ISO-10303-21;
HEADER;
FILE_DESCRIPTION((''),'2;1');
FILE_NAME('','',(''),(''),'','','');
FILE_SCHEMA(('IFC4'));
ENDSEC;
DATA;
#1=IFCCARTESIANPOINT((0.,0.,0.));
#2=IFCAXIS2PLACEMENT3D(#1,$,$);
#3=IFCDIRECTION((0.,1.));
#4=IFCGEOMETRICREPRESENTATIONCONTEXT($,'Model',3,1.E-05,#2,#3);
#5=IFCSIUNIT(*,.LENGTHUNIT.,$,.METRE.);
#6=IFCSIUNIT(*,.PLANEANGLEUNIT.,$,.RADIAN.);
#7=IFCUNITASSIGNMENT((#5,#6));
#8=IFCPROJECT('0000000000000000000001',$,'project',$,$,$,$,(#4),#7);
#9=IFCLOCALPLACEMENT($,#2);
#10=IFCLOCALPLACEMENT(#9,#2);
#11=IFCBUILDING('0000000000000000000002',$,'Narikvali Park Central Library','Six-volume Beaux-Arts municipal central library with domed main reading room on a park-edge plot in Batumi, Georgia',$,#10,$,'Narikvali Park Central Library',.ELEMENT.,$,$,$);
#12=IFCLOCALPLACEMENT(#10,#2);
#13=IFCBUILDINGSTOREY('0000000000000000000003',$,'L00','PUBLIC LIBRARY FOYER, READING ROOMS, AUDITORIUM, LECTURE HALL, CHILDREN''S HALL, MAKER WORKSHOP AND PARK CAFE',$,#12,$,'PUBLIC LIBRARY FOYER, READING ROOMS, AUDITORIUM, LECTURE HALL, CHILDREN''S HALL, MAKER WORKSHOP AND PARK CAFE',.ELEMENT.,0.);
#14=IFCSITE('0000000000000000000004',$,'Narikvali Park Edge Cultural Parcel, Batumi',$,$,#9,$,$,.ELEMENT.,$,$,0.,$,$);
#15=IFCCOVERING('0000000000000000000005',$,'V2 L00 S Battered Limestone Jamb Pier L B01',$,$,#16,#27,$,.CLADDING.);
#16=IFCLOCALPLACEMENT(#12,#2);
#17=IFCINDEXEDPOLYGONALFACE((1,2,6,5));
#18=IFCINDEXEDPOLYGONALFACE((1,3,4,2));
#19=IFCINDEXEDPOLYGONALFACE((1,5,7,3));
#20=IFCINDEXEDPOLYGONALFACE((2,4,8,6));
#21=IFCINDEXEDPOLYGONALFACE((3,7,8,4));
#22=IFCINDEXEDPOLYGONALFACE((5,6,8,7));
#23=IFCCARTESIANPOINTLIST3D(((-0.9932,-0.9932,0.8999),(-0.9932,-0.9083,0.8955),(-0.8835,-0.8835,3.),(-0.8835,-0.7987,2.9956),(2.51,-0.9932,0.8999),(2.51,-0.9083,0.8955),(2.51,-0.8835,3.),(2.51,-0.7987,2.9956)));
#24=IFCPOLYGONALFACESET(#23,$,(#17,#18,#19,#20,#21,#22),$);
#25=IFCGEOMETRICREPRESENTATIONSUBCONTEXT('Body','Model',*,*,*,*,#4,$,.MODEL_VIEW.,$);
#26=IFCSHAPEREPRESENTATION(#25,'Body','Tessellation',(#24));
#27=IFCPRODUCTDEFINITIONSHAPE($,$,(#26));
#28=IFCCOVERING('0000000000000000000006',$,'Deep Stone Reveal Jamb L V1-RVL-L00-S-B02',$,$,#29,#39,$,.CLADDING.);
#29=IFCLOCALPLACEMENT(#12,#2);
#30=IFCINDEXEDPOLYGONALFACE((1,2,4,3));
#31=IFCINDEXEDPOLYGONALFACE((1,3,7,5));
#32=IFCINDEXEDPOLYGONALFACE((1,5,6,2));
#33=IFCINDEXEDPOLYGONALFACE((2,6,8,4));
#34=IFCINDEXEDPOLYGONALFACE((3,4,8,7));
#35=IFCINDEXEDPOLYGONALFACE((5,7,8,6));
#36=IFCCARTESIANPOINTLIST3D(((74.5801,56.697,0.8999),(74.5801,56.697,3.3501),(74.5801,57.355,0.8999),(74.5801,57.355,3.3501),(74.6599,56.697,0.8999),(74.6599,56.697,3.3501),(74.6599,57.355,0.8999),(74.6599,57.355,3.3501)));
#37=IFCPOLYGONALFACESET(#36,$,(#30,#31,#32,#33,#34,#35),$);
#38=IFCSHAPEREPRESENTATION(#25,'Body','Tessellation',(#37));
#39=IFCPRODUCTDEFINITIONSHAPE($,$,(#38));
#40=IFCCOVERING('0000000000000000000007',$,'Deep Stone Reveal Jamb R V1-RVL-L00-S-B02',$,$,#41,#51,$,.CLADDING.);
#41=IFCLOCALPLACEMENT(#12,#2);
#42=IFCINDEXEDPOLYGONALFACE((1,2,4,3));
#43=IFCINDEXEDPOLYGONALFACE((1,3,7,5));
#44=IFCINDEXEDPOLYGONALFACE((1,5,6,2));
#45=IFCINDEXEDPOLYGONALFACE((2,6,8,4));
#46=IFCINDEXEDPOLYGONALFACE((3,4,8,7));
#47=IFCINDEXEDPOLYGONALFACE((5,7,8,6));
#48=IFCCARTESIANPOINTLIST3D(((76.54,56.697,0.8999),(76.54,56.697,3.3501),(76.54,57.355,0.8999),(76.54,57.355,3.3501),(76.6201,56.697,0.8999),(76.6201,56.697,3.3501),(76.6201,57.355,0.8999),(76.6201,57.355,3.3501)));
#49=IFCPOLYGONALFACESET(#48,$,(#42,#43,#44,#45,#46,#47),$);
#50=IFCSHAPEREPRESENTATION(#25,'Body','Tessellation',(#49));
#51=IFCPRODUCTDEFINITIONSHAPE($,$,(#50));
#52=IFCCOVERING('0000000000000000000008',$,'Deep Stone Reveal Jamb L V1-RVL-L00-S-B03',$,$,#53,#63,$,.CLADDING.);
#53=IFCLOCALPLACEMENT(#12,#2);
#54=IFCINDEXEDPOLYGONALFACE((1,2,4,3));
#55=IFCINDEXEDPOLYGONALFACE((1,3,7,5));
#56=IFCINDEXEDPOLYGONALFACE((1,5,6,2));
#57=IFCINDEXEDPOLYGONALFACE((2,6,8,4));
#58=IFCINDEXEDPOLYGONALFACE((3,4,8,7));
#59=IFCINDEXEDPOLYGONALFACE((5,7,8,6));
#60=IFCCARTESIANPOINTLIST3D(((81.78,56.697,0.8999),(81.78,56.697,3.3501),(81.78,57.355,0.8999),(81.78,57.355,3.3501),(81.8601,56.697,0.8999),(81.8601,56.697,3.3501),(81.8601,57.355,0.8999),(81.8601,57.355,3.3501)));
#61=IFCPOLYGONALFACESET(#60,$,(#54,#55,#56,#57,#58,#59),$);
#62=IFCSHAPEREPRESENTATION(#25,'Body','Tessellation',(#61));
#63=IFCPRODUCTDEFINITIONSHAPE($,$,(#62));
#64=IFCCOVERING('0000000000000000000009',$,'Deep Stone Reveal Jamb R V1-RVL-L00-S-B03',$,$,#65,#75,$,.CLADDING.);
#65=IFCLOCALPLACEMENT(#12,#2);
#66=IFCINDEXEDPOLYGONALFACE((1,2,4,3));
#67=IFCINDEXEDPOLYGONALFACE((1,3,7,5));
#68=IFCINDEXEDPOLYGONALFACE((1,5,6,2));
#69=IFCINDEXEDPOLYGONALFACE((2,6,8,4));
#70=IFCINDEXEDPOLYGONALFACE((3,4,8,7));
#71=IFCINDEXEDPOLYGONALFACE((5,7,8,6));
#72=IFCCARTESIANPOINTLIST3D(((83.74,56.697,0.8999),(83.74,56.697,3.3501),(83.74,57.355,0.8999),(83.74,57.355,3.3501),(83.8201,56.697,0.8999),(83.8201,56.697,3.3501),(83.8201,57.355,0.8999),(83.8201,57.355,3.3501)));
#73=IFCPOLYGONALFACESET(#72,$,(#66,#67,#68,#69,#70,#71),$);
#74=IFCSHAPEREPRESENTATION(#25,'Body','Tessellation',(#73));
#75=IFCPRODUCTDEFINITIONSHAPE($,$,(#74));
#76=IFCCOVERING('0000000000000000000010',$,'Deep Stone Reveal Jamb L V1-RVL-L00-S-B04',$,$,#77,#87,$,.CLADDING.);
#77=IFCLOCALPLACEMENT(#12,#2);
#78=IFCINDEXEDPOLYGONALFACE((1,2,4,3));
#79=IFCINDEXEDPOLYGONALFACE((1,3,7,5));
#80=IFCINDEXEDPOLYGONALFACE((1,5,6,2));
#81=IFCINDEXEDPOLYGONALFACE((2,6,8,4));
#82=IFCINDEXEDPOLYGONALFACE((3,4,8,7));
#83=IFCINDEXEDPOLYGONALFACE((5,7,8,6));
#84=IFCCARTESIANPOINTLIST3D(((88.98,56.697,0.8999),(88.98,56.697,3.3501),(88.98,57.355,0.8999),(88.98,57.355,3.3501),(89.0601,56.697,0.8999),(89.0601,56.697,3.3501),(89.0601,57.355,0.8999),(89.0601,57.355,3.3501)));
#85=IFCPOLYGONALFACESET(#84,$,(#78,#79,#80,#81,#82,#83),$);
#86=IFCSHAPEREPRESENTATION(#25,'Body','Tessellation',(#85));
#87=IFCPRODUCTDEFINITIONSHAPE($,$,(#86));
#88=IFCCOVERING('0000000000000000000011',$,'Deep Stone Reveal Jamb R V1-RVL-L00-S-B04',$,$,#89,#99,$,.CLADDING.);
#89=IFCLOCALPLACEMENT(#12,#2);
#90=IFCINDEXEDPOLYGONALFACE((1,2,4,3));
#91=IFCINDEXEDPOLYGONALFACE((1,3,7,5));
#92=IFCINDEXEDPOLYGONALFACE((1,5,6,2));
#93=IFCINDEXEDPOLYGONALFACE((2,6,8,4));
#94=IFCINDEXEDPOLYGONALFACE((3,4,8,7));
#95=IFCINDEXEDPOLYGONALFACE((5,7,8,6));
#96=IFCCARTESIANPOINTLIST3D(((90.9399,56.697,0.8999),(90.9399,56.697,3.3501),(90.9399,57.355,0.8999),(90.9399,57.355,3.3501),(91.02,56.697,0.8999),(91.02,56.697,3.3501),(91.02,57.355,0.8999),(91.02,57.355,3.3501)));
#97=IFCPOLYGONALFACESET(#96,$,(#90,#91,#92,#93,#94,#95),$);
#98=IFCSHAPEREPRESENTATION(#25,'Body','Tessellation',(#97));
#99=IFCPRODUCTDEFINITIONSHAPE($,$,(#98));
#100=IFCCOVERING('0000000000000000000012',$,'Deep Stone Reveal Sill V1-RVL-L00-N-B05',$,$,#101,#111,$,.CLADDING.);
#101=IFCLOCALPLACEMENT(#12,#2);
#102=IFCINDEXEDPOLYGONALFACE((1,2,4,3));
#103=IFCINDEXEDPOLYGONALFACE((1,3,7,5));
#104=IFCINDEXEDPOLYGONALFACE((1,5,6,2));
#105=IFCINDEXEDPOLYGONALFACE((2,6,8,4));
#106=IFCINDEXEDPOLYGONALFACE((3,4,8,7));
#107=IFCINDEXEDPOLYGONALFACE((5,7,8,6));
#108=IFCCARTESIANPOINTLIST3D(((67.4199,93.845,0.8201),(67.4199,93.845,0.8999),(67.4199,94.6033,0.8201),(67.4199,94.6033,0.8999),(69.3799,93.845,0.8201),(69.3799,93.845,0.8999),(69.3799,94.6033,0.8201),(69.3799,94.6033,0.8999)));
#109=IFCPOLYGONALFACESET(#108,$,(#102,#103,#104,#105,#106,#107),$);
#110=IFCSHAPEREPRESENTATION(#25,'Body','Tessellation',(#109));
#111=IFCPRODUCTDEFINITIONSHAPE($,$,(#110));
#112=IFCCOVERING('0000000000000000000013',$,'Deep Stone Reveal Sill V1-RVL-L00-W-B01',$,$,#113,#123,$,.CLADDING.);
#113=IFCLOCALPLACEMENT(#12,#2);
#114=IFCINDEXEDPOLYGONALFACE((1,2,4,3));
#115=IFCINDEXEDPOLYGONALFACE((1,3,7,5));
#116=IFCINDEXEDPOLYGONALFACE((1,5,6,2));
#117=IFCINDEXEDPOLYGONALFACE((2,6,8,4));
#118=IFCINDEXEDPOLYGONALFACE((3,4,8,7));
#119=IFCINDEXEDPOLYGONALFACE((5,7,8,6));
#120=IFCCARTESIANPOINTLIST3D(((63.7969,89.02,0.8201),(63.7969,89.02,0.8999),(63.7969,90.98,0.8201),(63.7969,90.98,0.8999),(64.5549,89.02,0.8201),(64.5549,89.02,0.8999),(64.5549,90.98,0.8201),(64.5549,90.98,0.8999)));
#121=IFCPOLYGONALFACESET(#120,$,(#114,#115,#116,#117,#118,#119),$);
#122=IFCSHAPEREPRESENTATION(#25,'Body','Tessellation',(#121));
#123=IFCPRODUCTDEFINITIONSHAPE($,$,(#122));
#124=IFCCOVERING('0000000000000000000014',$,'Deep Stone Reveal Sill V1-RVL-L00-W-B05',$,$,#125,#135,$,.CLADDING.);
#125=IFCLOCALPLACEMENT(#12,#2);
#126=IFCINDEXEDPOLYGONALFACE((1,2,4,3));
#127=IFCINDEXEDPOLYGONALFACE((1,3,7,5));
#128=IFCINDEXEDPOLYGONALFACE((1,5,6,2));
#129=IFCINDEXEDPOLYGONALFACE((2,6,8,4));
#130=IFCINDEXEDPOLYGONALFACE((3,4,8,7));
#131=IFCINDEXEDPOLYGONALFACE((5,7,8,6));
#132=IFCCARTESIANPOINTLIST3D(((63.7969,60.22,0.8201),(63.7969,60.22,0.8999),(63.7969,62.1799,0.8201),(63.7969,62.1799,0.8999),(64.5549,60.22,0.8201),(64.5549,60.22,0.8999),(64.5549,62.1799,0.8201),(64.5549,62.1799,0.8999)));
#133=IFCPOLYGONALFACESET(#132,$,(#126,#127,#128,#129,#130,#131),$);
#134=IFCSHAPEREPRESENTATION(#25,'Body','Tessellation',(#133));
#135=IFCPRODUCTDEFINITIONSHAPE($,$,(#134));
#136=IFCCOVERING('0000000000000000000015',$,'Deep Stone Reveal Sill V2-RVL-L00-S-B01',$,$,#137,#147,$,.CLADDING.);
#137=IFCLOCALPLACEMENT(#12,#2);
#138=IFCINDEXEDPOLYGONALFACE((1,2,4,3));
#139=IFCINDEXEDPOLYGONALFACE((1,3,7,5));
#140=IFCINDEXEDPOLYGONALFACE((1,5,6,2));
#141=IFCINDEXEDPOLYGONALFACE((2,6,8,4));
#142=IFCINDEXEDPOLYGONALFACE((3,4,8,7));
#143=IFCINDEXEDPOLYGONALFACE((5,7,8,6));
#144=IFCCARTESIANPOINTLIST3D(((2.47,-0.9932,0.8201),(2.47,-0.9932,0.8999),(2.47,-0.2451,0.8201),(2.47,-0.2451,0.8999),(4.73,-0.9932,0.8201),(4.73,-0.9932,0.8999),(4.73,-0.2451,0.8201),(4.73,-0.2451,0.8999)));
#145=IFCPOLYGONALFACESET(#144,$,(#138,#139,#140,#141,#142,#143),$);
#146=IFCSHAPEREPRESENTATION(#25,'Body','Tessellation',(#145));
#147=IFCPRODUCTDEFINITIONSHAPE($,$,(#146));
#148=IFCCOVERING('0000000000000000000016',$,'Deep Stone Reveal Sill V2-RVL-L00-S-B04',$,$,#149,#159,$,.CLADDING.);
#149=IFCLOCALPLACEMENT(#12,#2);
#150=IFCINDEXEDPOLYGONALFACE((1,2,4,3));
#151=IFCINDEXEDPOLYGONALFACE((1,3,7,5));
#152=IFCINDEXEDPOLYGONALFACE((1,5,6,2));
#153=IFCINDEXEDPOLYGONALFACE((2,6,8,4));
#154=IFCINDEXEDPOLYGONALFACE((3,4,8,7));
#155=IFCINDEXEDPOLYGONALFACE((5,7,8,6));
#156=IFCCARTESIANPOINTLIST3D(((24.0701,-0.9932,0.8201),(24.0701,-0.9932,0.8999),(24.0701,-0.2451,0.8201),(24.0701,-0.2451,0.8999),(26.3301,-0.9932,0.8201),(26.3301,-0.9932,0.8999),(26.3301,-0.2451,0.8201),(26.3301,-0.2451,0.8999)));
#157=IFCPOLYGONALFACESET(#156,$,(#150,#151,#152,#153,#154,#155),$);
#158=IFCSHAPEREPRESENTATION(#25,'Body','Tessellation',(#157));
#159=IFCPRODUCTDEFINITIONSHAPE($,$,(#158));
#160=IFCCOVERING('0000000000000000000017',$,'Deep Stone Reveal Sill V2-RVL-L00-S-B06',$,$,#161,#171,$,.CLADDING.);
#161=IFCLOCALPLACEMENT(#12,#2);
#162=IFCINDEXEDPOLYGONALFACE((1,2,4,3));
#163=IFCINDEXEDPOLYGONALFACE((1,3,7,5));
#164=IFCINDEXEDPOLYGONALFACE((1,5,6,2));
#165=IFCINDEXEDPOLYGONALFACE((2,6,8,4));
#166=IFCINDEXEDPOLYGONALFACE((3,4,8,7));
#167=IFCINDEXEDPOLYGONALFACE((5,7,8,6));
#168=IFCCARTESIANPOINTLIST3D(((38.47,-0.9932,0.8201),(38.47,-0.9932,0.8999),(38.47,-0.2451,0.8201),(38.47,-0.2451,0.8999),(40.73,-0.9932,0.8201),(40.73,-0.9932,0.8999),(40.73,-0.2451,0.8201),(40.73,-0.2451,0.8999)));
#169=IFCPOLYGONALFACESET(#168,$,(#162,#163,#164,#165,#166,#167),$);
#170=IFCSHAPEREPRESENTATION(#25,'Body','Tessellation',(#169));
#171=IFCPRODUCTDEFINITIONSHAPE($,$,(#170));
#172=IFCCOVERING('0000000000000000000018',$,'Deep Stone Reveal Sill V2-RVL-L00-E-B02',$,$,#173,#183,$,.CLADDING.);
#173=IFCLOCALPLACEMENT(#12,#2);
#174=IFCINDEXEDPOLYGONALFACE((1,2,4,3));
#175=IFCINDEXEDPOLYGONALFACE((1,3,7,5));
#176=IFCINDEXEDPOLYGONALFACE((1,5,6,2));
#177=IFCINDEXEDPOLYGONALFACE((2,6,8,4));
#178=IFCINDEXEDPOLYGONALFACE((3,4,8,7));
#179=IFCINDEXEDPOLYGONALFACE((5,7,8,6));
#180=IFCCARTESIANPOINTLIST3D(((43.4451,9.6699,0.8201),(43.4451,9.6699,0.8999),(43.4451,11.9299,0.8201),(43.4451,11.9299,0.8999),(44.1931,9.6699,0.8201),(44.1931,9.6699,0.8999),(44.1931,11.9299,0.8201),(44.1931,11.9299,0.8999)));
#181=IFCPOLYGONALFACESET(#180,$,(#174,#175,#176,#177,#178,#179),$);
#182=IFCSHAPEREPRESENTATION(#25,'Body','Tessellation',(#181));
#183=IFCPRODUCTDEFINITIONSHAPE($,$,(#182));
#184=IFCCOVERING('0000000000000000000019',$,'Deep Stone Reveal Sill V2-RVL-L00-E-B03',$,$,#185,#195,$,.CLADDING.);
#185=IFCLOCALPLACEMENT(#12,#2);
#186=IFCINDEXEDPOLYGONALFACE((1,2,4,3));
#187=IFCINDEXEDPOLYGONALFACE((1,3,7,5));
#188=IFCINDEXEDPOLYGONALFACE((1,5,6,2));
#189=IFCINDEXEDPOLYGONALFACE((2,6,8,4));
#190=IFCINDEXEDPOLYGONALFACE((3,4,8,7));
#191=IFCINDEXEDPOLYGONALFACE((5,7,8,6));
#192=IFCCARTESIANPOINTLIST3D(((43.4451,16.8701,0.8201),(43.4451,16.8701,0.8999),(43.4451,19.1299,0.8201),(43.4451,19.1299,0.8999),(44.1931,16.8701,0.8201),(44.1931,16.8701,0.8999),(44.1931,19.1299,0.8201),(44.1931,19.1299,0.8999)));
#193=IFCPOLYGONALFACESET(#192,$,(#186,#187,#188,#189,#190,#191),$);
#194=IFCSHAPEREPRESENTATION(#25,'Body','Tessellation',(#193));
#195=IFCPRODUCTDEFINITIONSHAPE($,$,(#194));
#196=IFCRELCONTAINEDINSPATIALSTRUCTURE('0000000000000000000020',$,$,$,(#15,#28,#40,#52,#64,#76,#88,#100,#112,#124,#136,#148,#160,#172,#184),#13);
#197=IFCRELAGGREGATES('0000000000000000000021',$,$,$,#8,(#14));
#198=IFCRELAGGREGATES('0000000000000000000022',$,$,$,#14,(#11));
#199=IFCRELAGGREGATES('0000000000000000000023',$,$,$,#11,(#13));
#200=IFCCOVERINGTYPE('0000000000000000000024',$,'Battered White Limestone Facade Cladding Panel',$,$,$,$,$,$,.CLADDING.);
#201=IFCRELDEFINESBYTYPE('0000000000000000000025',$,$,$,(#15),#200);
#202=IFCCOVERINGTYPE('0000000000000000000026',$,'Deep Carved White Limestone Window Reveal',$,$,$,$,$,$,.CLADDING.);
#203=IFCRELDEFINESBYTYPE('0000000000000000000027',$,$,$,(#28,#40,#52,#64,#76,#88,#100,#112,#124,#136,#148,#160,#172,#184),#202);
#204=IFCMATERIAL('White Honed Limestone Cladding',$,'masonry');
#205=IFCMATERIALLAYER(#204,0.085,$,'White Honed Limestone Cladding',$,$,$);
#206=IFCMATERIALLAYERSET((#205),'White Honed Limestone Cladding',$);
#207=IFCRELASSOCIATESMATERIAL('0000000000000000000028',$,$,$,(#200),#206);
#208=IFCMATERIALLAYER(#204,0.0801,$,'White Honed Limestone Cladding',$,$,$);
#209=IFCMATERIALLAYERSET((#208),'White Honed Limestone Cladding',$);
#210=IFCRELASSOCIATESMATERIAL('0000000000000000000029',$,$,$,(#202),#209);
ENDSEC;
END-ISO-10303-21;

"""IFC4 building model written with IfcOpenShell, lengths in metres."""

from ifc_helpers import new_model, si_unit, direction, frame, origin, place, context, subcontext, project, spatial, polyline, outline, extrude, material, layer, layer_set, type_object, element, save


model = new_model("IFC4")

# Units and contexts
model_context = context("Model", 3, precision=1e-05, world=origin(), true_north=direction((0.0, 1.0)))
body_context = subcontext(model_context, "Body", "Model", "MODEL_VIEW")
ifc_project = project(units=[si_unit("LENGTHUNIT", "METRE"), si_unit("PLANEANGLEUNIT", "RADIAN")], contexts=[model_context])

# Site, building, storey
site_placement = place(None, origin())
site = spatial("IfcSite", under=ifc_project, at=site_placement, Name="Narikvali Park Edge Cultural Parcel, Batumi", CompositionType="ELEMENT", RefElevation=0.0)
building_placement = place(site_placement, origin())
building = spatial("IfcBuilding", under=site, at=building_placement, Name="Narikvali Park Central Library", Description="Six-volume Beaux-Arts municipal central library with domed main reading room on a park-edge plot in Batumi, Georgia", LongName="Narikvali Park Central Library", CompositionType="ELEMENT")
storey_placement = place(building_placement, origin())
storey = spatial("IfcBuildingStorey", under=building, at=storey_placement, Name="L00", Description="PUBLIC LIBRARY FOYER, READING ROOMS, AUDITORIUM, LECTURE HALL, CHILDREN'S HALL, MAKER WORKSHOP AND PARK CAFE", LongName="PUBLIC LIBRARY FOYER, READING ROOMS, AUDITORIUM, LECTURE HALL, CHILDREN'S HALL, MAKER WORKSHOP AND PARK CAFE", CompositionType="ELEMENT", Elevation=0.0)

# Coverings
ifc_material = material(Name="White Honed Limestone Cladding", Category="masonry")
ifc_layer_1 = layer(ifc_material, 0.085, Name="White Honed Limestone Cladding")
ifc_layer_set_1 = layer_set([ifc_layer_1], Name="White Honed Limestone Cladding")
covering_type_1 = type_object("IfcCoveringType", Name="Battered White Limestone Facade Cladding Panel", PredefinedType="CLADDING", material=ifc_layer_set_1)
covering_1_placement = place(storey_placement, frame((-0.9932, -0.9932, 0.8999), z_axis=(0.0, -0.998641, 0.052126), x_axis=(1.0, 0.0, 0.0)))
element("IfcCovering", 1, at=covering_1_placement, inside=storey, type_object=covering_type_1, Name="V2 L00 S Battered Limestone Jamb Pier L B01", PredefinedType="CLADDING", context=body_context, shape_type="SweptSolid", body=[
    extrude(outline(polyline([(0.0, 0.0), (3.5032, 0.0), (3.5032, 2.103), (0.1096, 2.103), (0.0, 0.0)])), origin(), (0.0, 0.0, -1.0), 0.085),
])
ifc_layer_2 = layer(ifc_material, 0.0801, Name="White Honed Limestone Cladding")
ifc_layer_set_2 = layer_set([ifc_layer_2], Name="White Honed Limestone Cladding")
covering_type_2 = type_object("IfcCoveringType", Name="Deep Carved White Limestone Window Reveal", PredefinedType="CLADDING", material=ifc_layer_set_2)
covering_2_placement = place(storey_placement, frame((0.0, 0.0, 0.8999)))
element("IfcCovering", 2, at=covering_2_placement, inside=storey, type_object=covering_type_2, Name="Deep Stone Reveal Jamb L V1-RVL-L00-S-B02", PredefinedType="CLADDING", context=body_context, shape_type="SweptSolid", body=[
    extrude(outline(polyline([(74.5801, 57.355), (74.6599, 57.355), (74.6599, 56.697), (74.5801, 56.697), (74.5801, 57.355)])), origin(), (0.0, 0.0, 1.0), 2.4502),
])
covering_3_placement = place(storey_placement, frame((0.0, 0.0, 0.8999)))
element("IfcCovering", 3, at=covering_3_placement, inside=storey, type_object=covering_type_2, Name="Deep Stone Reveal Jamb R V1-RVL-L00-S-B02", PredefinedType="CLADDING", context=body_context, shape_type="SweptSolid", body=[
    extrude(outline(polyline([(76.54, 57.355), (76.6201, 57.355), (76.6201, 56.697), (76.54, 56.697), (76.54, 57.355)])), origin(), (0.0, 0.0, 1.0), 2.4502),
])
covering_4_placement = place(storey_placement, frame((0.0, 0.0, 0.8999)))
element("IfcCovering", 4, at=covering_4_placement, inside=storey, type_object=covering_type_2, Name="Deep Stone Reveal Jamb L V1-RVL-L00-S-B03", PredefinedType="CLADDING", context=body_context, shape_type="SweptSolid", body=[
    extrude(outline(polyline([(81.78, 57.355), (81.8601, 57.355), (81.8601, 56.697), (81.78, 56.697), (81.78, 57.355)])), origin(), (0.0, 0.0, 1.0), 2.4502),
])
covering_5_placement = place(storey_placement, frame((0.0, 0.0, 0.8999)))
element("IfcCovering", 5, at=covering_5_placement, inside=storey, type_object=covering_type_2, Name="Deep Stone Reveal Jamb R V1-RVL-L00-S-B03", PredefinedType="CLADDING", context=body_context, shape_type="SweptSolid", body=[
    extrude(outline(polyline([(83.74, 57.355), (83.8201, 57.355), (83.8201, 56.697), (83.74, 56.697), (83.74, 57.355)])), origin(), (0.0, 0.0, 1.0), 2.4502),
])
covering_6_placement = place(storey_placement, frame((0.0, 0.0, 0.8999)))
element("IfcCovering", 6, at=covering_6_placement, inside=storey, type_object=covering_type_2, Name="Deep Stone Reveal Jamb L V1-RVL-L00-S-B04", PredefinedType="CLADDING", context=body_context, shape_type="SweptSolid", body=[
    extrude(outline(polyline([(88.98, 57.355), (89.0601, 57.355), (89.0601, 56.697), (88.98, 56.697), (88.98, 57.355)])), origin(), (0.0, 0.0, 1.0), 2.4502),
])
covering_7_placement = place(storey_placement, frame((0.0, 0.0, 0.8999)))
element("IfcCovering", 7, at=covering_7_placement, inside=storey, type_object=covering_type_2, Name="Deep Stone Reveal Jamb R V1-RVL-L00-S-B04", PredefinedType="CLADDING", context=body_context, shape_type="SweptSolid", body=[
    extrude(outline(polyline([(90.9399, 57.355), (91.02, 57.355), (91.02, 56.697), (90.9399, 56.697), (90.9399, 57.355)])), origin(), (0.0, 0.0, 1.0), 2.4502),
])
covering_8_placement = place(storey_placement, frame((0.0, 0.0, 0.8201)))
element("IfcCovering", 8, at=covering_8_placement, inside=storey, type_object=covering_type_2, Name="Deep Stone Reveal Sill V1-RVL-L00-N-B05", PredefinedType="CLADDING", context=body_context, shape_type="SweptSolid", body=[
    extrude(outline(polyline([(69.3799, 93.845), (67.4199, 93.845), (67.4199, 94.6033), (69.3799, 94.6033), (69.3799, 93.845)])), origin(), (0.0, 0.0, 1.0), 0.0798),
])
covering_9_placement = place(storey_placement, frame((0.0, 0.0, 0.8201)))
element("IfcCovering", 9, at=covering_9_placement, inside=storey, type_object=covering_type_2, Name="Deep Stone Reveal Sill V1-RVL-L00-W-B01", PredefinedType="CLADDING", context=body_context, shape_type="SweptSolid", body=[
    extrude(outline(polyline([(64.5549, 90.98), (64.5549, 89.02), (63.7969, 89.02), (63.7969, 90.98), (64.5549, 90.98)])), origin(), (0.0, 0.0, 1.0), 0.0798),
])
covering_10_placement = place(storey_placement, frame((0.0, 0.0, 0.8201)))
element("IfcCovering", 10, at=covering_10_placement, inside=storey, type_object=covering_type_2, Name="Deep Stone Reveal Sill V1-RVL-L00-W-B05", PredefinedType="CLADDING", context=body_context, shape_type="SweptSolid", body=[
    extrude(outline(polyline([(64.5549, 62.1799), (64.5549, 60.22), (63.7969, 60.22), (63.7969, 62.1799), (64.5549, 62.1799)])), origin(), (0.0, 0.0, 1.0), 0.0798),
])
covering_11_placement = place(storey_placement, frame((0.0, 0.0, 0.8201)))
element("IfcCovering", 11, at=covering_11_placement, inside=storey, type_object=covering_type_2, Name="Deep Stone Reveal Sill V2-RVL-L00-S-B01", PredefinedType="CLADDING", context=body_context, shape_type="SweptSolid", body=[
    extrude(outline(polyline([(2.47, -0.2451), (4.73, -0.2451), (4.73, -0.9932), (2.47, -0.9932), (2.47, -0.2451)])), origin(), (0.0, 0.0, 1.0), 0.0798),
])
covering_12_placement = place(storey_placement, frame((0.0, 0.0, 0.8201)))
element("IfcCovering", 12, at=covering_12_placement, inside=storey, type_object=covering_type_2, Name="Deep Stone Reveal Sill V2-RVL-L00-S-B04", PredefinedType="CLADDING", context=body_context, shape_type="SweptSolid", body=[
    extrude(outline(polyline([(24.0701, -0.2451), (26.3301, -0.2451), (26.3301, -0.9932), (24.0701, -0.9932), (24.0701, -0.2451)])), origin(), (0.0, 0.0, 1.0), 0.0798),
])
covering_13_placement = place(storey_placement, frame((0.0, 0.0, 0.8201)))
element("IfcCovering", 13, at=covering_13_placement, inside=storey, type_object=covering_type_2, Name="Deep Stone Reveal Sill V2-RVL-L00-S-B06", PredefinedType="CLADDING", context=body_context, shape_type="SweptSolid", body=[
    extrude(outline(polyline([(38.47, -0.2451), (40.73, -0.2451), (40.73, -0.9932), (38.47, -0.9932), (38.47, -0.2451)])), origin(), (0.0, 0.0, 1.0), 0.0798),
])
covering_14_placement = place(storey_placement, frame((0.0, 0.0, 0.8201)))
element("IfcCovering", 14, at=covering_14_placement, inside=storey, type_object=covering_type_2, Name="Deep Stone Reveal Sill V2-RVL-L00-E-B02", PredefinedType="CLADDING", context=body_context, shape_type="SweptSolid", body=[
    extrude(outline(polyline([(43.4451, 9.6699), (43.4451, 11.9299), (44.1931, 11.9299), (44.1931, 9.6699), (43.4451, 9.6699)])), origin(), (0.0, 0.0, 1.0), 0.0798),
])
covering_15_placement = place(storey_placement, frame((0.0, 0.0, 0.8201)))
element("IfcCovering", 15, at=covering_15_placement, inside=storey, type_object=covering_type_2, Name="Deep Stone Reveal Sill V2-RVL-L00-E-B03", PredefinedType="CLADDING", context=body_context, shape_type="SweptSolid", body=[
    extrude(outline(polyline([(43.4451, 16.8701), (43.4451, 19.1299), (44.1931, 19.1299), (44.1931, 16.8701), (43.4451, 16.8701)])), origin(), (0.0, 0.0, 1.0), 0.0798),
])

save(model, "model.ifc")
